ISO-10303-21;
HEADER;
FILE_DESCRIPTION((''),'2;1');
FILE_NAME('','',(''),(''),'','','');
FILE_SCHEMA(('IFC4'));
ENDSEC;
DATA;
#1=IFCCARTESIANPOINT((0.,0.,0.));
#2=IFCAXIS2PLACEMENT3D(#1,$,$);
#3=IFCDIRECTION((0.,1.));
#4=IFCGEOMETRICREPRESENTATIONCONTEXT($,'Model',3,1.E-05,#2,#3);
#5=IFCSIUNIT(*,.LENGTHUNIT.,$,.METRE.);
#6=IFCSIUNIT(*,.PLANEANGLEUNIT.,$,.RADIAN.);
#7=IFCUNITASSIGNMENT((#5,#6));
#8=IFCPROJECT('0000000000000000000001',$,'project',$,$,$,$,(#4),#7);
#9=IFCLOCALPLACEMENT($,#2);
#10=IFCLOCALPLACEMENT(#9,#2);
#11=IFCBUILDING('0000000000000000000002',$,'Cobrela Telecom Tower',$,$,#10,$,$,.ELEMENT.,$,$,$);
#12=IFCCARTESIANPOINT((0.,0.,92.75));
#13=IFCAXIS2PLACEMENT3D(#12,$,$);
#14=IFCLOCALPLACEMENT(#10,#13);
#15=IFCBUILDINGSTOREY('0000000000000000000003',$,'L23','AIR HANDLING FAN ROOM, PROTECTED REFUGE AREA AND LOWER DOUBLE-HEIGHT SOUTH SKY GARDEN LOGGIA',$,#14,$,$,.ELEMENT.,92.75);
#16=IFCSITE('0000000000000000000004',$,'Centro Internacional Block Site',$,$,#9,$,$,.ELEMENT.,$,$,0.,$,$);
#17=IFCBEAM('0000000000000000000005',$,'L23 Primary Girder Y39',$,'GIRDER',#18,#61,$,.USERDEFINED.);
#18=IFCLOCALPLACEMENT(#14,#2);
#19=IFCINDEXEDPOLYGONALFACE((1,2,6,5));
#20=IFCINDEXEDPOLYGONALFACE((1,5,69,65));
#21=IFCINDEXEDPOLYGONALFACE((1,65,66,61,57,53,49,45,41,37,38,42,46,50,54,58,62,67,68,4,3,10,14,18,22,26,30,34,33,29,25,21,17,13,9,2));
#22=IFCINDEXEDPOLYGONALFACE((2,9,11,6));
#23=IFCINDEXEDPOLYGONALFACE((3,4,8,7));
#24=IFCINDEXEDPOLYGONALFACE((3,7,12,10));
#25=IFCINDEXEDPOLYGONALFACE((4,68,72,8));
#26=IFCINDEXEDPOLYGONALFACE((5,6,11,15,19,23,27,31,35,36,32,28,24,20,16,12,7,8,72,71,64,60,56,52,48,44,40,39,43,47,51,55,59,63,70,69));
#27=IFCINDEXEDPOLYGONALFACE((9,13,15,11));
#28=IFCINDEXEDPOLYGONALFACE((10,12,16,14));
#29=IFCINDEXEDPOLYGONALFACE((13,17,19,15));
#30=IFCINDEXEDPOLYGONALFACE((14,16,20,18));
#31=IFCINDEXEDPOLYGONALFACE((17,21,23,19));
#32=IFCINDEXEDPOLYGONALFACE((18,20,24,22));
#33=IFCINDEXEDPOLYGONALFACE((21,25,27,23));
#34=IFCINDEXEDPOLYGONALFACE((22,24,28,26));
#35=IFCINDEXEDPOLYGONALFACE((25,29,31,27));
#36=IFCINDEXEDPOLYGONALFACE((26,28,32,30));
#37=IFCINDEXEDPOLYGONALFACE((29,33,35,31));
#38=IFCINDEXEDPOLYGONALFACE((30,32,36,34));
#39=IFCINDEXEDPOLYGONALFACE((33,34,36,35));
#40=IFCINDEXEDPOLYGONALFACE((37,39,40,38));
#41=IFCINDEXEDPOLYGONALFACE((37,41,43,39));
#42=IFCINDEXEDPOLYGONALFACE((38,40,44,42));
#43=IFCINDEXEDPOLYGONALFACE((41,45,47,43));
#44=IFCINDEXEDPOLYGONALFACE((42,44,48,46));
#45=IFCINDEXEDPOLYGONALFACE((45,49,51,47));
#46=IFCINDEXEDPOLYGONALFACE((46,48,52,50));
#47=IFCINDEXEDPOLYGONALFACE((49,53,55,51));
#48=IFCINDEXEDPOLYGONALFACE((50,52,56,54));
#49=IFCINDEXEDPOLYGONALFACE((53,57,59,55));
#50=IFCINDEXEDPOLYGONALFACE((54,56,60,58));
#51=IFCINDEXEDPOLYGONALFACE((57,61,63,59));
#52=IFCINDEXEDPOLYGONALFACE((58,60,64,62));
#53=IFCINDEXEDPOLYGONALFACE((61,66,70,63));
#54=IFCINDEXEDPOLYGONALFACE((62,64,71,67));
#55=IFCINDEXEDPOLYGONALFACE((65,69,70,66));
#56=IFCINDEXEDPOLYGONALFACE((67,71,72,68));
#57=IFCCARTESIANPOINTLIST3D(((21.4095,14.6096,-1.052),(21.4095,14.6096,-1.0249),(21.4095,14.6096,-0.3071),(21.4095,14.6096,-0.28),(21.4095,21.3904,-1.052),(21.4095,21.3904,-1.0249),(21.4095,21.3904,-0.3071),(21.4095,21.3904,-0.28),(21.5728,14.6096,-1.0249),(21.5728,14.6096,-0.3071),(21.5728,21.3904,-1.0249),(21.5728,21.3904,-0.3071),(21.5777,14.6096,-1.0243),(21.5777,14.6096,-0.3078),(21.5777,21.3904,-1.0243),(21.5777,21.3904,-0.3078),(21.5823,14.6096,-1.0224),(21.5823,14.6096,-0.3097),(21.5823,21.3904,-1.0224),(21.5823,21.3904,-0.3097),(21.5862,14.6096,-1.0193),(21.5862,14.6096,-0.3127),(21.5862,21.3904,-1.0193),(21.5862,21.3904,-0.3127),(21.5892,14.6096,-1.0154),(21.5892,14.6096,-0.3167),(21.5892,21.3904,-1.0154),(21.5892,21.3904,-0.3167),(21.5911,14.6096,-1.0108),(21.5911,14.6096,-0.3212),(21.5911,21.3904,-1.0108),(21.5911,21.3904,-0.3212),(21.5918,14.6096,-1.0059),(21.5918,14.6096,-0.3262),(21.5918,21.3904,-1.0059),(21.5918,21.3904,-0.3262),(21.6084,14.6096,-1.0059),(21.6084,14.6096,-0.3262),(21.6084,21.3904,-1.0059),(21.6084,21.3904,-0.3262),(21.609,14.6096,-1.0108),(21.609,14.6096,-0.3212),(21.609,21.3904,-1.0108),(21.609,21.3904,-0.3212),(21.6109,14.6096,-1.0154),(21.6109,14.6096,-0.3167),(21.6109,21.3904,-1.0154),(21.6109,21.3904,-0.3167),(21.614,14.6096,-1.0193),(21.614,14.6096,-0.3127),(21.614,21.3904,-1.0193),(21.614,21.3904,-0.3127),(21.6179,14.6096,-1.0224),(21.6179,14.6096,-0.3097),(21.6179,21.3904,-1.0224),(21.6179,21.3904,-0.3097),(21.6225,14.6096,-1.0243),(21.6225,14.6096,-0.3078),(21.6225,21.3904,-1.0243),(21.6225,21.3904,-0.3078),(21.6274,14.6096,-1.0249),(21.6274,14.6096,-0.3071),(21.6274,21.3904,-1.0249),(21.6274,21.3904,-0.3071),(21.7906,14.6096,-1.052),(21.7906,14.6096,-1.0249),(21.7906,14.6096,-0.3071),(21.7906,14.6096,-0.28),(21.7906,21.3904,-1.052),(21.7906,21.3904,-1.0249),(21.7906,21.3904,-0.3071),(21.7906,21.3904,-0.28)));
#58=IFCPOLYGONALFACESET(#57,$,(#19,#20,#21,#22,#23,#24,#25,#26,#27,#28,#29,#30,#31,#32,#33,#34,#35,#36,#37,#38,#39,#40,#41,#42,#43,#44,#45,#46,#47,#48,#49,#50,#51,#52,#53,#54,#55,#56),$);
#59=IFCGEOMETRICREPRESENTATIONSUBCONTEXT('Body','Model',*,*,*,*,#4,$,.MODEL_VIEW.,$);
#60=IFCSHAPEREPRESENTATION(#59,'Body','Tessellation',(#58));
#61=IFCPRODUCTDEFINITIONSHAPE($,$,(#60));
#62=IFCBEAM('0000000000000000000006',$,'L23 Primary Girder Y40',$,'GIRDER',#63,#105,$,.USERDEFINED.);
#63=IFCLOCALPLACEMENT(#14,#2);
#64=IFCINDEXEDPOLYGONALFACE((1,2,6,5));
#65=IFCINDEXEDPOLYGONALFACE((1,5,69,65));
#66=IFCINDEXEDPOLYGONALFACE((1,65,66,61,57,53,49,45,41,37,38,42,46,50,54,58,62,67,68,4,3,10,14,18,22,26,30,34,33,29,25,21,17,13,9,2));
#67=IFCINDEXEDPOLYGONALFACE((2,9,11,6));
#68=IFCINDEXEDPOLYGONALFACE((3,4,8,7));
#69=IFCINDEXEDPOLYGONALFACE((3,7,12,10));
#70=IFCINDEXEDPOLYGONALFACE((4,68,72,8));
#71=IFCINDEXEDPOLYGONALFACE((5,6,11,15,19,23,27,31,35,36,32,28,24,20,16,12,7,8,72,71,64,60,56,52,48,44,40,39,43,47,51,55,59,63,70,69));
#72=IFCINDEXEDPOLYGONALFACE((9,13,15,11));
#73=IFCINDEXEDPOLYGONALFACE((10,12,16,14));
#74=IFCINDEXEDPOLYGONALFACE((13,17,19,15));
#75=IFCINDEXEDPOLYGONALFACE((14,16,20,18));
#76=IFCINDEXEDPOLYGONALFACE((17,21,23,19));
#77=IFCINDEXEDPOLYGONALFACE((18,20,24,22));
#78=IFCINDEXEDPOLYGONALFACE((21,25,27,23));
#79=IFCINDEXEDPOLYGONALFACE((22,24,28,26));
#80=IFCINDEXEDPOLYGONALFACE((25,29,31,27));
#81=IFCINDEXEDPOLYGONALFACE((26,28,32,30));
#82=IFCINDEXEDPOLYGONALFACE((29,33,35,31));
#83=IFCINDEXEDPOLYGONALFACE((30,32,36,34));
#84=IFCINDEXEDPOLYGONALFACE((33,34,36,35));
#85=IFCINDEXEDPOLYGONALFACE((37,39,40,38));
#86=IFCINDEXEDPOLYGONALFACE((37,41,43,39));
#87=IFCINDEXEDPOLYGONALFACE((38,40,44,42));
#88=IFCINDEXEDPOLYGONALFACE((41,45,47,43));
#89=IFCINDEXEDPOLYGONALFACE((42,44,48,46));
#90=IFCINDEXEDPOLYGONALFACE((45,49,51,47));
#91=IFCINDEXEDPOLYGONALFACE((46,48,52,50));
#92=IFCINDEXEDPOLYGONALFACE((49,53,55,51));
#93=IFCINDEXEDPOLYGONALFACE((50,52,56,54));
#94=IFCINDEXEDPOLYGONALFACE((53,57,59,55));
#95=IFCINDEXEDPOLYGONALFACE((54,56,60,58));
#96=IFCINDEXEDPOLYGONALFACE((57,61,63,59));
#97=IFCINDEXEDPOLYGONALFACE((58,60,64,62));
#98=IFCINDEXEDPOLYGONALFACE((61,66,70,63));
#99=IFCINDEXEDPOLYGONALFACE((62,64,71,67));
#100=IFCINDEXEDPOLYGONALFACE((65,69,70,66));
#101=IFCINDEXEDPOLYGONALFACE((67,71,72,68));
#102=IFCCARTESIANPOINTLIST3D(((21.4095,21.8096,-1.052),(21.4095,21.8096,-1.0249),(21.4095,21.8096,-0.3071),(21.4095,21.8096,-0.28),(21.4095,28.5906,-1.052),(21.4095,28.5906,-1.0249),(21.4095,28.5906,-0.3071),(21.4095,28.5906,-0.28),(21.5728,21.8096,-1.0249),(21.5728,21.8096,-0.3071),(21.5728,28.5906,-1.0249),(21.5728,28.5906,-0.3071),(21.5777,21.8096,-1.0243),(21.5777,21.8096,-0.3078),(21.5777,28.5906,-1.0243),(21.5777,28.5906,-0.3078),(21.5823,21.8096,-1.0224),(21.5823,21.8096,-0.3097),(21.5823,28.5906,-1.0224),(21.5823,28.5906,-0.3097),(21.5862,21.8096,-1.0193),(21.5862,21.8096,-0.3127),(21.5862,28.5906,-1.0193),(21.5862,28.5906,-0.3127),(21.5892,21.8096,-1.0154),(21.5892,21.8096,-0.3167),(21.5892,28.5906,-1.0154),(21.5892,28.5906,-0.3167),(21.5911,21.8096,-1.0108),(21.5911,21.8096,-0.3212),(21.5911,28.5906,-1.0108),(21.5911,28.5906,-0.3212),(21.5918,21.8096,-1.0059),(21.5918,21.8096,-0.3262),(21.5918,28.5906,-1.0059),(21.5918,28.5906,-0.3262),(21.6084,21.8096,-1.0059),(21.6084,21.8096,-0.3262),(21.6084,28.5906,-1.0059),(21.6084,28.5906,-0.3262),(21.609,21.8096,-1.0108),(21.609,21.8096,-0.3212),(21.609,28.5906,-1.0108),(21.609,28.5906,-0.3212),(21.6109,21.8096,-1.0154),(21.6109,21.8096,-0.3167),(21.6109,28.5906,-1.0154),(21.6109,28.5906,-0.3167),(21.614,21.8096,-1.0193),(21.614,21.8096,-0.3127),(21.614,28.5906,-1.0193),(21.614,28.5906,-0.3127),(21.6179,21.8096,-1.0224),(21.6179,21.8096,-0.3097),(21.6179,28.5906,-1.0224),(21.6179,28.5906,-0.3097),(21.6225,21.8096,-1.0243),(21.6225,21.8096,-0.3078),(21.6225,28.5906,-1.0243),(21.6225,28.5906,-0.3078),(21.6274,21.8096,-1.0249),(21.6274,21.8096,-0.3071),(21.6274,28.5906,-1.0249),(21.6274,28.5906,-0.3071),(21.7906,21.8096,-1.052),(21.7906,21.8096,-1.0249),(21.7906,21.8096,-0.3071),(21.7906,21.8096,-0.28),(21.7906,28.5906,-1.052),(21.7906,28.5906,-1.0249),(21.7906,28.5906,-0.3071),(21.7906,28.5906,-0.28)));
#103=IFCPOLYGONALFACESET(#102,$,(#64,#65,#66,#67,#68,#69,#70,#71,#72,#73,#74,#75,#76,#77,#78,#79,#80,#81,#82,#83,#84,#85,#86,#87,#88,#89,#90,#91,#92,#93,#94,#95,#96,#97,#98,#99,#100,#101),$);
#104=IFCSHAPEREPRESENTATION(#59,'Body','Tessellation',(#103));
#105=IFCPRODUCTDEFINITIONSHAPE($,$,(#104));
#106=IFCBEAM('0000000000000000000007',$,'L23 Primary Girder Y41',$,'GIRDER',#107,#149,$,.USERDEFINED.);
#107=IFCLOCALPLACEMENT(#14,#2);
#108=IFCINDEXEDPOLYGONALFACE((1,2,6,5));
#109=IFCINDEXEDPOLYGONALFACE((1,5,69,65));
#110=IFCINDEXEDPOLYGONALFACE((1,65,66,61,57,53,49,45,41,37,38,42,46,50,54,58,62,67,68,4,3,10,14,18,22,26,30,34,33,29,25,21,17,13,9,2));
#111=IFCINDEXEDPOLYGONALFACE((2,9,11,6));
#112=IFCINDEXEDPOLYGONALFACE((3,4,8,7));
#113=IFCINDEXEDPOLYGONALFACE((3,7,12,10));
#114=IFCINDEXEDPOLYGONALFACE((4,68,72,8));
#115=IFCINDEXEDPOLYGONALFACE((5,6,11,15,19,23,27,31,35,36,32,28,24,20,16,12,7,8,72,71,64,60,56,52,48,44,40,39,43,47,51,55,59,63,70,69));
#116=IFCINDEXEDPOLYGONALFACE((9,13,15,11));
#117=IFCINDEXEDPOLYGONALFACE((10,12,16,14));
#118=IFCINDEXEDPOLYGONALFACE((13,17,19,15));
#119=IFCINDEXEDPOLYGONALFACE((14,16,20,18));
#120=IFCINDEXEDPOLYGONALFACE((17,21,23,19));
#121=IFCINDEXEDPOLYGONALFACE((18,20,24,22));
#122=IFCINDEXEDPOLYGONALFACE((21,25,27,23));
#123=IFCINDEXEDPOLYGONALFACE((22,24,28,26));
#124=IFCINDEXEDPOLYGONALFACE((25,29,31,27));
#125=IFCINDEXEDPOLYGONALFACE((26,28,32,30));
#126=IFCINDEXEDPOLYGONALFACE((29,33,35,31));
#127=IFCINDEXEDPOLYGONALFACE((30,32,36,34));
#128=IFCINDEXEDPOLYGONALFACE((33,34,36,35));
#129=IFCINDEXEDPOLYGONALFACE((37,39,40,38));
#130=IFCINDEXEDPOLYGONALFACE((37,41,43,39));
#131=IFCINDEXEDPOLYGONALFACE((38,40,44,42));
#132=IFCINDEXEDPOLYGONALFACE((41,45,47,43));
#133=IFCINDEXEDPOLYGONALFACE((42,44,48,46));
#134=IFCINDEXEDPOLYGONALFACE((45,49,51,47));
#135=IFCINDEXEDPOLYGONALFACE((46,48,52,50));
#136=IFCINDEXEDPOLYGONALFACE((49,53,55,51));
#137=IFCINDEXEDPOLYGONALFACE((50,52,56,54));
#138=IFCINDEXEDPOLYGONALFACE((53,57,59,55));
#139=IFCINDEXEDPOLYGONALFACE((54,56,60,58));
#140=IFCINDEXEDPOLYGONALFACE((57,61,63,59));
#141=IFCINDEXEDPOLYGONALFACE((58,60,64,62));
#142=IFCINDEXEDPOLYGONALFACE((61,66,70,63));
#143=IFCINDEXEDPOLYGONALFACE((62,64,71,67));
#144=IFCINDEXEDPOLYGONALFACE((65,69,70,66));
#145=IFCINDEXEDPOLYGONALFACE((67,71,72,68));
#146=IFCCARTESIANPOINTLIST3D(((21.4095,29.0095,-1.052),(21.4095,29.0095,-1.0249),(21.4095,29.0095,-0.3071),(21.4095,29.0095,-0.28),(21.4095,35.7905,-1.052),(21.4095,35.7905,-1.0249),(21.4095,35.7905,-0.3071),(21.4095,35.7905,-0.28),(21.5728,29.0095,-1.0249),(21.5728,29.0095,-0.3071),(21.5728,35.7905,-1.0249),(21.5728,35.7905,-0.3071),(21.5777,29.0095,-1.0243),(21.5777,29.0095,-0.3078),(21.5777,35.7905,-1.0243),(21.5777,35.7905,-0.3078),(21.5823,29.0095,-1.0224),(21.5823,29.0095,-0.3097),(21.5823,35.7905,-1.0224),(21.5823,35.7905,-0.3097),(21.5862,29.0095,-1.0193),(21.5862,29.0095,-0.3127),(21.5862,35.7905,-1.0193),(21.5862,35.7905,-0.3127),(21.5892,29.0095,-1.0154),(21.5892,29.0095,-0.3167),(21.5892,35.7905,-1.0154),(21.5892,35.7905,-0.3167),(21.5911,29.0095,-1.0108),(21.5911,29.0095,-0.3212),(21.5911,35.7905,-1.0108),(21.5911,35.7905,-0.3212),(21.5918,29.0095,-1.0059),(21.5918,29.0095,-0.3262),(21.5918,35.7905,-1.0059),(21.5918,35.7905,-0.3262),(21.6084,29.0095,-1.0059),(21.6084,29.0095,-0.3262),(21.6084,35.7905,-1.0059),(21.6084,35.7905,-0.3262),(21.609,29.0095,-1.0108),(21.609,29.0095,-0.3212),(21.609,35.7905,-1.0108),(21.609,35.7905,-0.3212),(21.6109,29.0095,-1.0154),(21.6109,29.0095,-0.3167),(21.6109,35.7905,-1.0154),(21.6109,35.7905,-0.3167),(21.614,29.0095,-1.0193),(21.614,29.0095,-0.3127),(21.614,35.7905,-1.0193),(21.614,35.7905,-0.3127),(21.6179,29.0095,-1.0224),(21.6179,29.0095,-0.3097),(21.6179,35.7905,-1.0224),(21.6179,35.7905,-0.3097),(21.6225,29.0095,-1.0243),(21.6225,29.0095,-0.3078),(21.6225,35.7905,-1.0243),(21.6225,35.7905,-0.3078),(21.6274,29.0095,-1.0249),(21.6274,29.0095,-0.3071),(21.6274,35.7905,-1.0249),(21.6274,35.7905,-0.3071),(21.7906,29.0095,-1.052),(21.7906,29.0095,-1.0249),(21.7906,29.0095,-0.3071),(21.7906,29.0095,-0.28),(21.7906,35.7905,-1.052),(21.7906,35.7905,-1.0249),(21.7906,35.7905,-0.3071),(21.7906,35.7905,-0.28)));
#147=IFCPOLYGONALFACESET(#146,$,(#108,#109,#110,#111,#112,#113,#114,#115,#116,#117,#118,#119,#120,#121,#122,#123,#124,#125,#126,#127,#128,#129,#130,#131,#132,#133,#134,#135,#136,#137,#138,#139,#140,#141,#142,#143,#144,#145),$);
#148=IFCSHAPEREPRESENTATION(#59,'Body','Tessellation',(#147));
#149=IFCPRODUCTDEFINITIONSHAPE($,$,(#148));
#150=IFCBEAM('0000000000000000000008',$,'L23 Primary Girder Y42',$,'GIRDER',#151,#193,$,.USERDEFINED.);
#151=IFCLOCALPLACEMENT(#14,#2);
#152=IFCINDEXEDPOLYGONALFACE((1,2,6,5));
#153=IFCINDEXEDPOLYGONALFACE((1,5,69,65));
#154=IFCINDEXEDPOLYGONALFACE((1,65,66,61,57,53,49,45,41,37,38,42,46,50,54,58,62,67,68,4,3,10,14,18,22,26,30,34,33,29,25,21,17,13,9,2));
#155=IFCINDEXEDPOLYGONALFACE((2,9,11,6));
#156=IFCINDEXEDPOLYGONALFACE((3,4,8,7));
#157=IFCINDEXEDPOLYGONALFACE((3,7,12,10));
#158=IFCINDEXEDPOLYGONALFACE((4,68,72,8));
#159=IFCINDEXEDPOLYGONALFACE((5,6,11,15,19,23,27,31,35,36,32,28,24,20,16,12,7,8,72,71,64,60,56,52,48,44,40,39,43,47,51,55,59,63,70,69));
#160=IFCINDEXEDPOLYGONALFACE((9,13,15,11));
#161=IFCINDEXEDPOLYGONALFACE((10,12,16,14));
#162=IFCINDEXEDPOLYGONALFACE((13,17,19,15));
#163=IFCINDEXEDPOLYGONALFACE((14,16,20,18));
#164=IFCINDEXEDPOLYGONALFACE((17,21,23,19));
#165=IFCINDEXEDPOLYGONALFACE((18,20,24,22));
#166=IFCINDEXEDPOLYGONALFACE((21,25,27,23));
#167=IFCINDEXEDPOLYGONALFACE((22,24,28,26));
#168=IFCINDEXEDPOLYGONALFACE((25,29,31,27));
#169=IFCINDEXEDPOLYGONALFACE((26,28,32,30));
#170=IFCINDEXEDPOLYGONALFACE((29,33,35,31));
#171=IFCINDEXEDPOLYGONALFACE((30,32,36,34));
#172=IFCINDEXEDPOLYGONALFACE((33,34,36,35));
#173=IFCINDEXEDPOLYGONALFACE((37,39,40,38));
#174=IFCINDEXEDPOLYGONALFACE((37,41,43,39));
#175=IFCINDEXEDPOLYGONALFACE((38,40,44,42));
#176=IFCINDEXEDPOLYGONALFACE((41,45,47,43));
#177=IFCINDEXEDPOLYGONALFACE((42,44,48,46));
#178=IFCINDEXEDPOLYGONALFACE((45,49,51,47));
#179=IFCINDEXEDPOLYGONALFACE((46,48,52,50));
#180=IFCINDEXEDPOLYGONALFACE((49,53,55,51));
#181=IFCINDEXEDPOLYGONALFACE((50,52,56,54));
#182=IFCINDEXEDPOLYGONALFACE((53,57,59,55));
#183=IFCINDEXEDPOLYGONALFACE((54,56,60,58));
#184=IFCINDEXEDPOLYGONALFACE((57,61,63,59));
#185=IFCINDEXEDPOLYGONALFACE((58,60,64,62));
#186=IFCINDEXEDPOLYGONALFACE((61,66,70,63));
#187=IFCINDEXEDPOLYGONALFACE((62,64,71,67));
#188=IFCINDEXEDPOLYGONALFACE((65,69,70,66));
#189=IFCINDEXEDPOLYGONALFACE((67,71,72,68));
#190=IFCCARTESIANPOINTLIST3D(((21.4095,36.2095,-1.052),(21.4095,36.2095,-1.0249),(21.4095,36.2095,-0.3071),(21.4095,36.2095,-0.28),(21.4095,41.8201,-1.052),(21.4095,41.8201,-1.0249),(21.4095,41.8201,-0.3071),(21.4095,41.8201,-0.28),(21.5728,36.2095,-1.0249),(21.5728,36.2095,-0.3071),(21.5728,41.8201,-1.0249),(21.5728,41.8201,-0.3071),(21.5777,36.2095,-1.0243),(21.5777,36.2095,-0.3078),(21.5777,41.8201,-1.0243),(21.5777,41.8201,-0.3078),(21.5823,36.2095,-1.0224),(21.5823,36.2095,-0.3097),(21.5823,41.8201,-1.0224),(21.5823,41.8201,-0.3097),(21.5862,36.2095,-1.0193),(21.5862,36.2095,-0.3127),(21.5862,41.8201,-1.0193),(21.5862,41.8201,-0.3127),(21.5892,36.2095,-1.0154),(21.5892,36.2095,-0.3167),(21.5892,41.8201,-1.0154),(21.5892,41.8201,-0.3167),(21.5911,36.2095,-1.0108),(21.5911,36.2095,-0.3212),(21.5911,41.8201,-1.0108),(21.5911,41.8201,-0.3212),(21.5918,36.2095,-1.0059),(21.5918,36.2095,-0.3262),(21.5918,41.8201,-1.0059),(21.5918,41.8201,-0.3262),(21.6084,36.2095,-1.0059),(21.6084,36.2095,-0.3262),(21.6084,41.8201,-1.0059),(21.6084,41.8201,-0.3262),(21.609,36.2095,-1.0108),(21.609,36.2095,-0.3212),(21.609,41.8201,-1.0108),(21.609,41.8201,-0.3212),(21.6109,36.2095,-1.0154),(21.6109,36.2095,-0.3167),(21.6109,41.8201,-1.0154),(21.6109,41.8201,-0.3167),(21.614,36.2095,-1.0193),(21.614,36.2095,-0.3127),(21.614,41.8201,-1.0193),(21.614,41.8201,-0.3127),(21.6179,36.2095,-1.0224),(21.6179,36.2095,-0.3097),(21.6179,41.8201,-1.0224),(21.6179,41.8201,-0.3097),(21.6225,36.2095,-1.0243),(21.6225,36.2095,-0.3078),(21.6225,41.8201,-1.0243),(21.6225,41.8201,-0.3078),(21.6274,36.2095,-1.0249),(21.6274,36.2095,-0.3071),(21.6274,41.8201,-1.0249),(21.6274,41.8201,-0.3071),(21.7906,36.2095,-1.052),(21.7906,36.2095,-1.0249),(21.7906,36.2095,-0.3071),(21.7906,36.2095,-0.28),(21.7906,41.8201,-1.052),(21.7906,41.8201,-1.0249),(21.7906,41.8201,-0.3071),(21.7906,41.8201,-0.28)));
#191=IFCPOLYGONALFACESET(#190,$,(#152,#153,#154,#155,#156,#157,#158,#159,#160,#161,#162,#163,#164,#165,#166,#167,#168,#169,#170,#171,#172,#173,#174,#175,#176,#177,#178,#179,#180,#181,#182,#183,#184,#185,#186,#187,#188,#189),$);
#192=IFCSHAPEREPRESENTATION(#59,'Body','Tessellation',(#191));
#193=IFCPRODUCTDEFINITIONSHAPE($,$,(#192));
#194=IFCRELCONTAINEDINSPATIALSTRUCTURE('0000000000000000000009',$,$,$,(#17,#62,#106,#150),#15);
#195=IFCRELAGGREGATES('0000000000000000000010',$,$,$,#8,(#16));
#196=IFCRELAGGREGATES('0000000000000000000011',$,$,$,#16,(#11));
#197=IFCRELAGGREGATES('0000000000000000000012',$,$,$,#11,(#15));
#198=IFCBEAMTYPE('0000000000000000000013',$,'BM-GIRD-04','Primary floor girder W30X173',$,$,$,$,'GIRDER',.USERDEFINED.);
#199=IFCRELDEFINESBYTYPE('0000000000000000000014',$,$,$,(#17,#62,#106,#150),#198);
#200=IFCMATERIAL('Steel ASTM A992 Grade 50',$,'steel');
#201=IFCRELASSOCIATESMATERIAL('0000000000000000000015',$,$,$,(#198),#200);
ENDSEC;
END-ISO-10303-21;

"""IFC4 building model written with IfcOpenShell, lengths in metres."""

from ifc_helpers import new_model, si_unit, direction, frame, origin, origin_2d, place, context, subcontext, project, spatial, i_section, extrude, material, material_profile, profile_set, type_object, element, save


model = new_model("IFC4")

# Units and contexts
model_context = context("Model", 3, precision=1e-05, world=origin(), true_north=direction((0.0, 1.0)))
body_context = subcontext(model_context, "Body", "Model", "MODEL_VIEW")
ifc_project = project(units=[si_unit("LENGTHUNIT", "METRE"), si_unit("PLANEANGLEUNIT", "RADIAN")], contexts=[model_context])

# Site, building, storey
site_placement = place(None, origin())
site = spatial("IfcSite", under=ifc_project, at=site_placement, Name="Centro Internacional Block Site", CompositionType="ELEMENT", RefElevation=0.0)
building_placement = place(site_placement, origin())
building = spatial("IfcBuilding", under=site, at=building_placement, Name="Cobrela Telecom Tower", CompositionType="ELEMENT")
storey_placement = place(building_placement, frame((0.0, 0.0, 92.75)))
storey = spatial("IfcBuildingStorey", under=building, at=storey_placement, Name="L23", Description="AIR HANDLING FAN ROOM, PROTECTED REFUGE AREA AND LOWER DOUBLE-HEIGHT SOUTH SKY GARDEN LOGGIA", CompositionType="ELEMENT", Elevation=92.75)

# Shared definitions
ifc_material_1 = material(Name="Steel ASTM A992 Grade 50", Category="steel")

# Beams
ifc_material_profile_1 = material_profile(ifc_material_1, i_section(OverallWidth=0.3811, OverallDepth=0.772, WebThickness=0.0166, FlangeThickness=0.0271, FilletRadius=0.019, at=origin_2d()), Name="W30X173")
ifc_profile_set_1 = profile_set([ifc_material_profile_1], Name="Steel ASTM A992 Grade 50")
beam_type = type_object("IfcBeamType", Name="BM-GIRD-04", Description="Primary floor girder W30X173", ElementType="GIRDER", PredefinedType="USERDEFINED", material=ifc_profile_set_1)
beam_1_placement = place(storey_placement, frame((21.6001, 14.6096, -0.666), z_axis=(0.0, 1.0, 0.0), x_axis=(-1.0, 0.0, 0.0)))
element("IfcBeam", 1, at=beam_1_placement, inside=storey, type_object=beam_type, Name="L23 Primary Girder Y39", ObjectType="GIRDER", PredefinedType="USERDEFINED", context=body_context, shape_type="SweptSolid", body=[
    extrude(i_section(OverallWidth=0.3811, OverallDepth=0.772, WebThickness=0.0166, FlangeThickness=0.0271, FilletRadius=0.019, at=origin_2d()), origin(), (0.0, 0.0, 1.0), 6.7808),
])
for number, where, z_axis, x_axis, name in (
    (2, (21.6001, 21.8096, -0.666), (0.0, 1.0, 0.0), (-1.0, 0.0, 0.0), "L23 Primary Girder Y40"),
    (3, (21.6001, 29.0095, -0.666), (0.0, 1.0, 0.0), (-1.0, 0.0, 0.0), "L23 Primary Girder Y41"),
):
    element("IfcBeam", number, at=place(storey_placement, frame(where, z_axis=z_axis, x_axis=x_axis)), inside=storey, type_object=beam_type, Name=name, ObjectType="GIRDER", PredefinedType="USERDEFINED", context=body_context, shape_type="SweptSolid", body=[
        extrude(i_section(OverallWidth=0.3811, OverallDepth=0.772, WebThickness=0.0166, FlangeThickness=0.0271, FilletRadius=0.019, at=origin_2d()), origin(), (0.0, 0.0, 1.0), 6.781),
    ])
beam_2_placement = place(storey_placement, frame((21.6001, 36.2095, -0.666), z_axis=(0.0, 1.0, 0.0), x_axis=(-1.0, 0.0, 0.0)))
element("IfcBeam", 4, at=beam_2_placement, inside=storey, type_object=beam_type, Name="L23 Primary Girder Y42", ObjectType="GIRDER", PredefinedType="USERDEFINED", context=body_context, shape_type="SweptSolid", body=[
    extrude(i_section(OverallWidth=0.3811, OverallDepth=0.772, WebThickness=0.0166, FlangeThickness=0.0271, FilletRadius=0.019, at=origin_2d()), origin(), (0.0, 0.0, 1.0), 5.6106),
])

save(model, "model.ifc")
